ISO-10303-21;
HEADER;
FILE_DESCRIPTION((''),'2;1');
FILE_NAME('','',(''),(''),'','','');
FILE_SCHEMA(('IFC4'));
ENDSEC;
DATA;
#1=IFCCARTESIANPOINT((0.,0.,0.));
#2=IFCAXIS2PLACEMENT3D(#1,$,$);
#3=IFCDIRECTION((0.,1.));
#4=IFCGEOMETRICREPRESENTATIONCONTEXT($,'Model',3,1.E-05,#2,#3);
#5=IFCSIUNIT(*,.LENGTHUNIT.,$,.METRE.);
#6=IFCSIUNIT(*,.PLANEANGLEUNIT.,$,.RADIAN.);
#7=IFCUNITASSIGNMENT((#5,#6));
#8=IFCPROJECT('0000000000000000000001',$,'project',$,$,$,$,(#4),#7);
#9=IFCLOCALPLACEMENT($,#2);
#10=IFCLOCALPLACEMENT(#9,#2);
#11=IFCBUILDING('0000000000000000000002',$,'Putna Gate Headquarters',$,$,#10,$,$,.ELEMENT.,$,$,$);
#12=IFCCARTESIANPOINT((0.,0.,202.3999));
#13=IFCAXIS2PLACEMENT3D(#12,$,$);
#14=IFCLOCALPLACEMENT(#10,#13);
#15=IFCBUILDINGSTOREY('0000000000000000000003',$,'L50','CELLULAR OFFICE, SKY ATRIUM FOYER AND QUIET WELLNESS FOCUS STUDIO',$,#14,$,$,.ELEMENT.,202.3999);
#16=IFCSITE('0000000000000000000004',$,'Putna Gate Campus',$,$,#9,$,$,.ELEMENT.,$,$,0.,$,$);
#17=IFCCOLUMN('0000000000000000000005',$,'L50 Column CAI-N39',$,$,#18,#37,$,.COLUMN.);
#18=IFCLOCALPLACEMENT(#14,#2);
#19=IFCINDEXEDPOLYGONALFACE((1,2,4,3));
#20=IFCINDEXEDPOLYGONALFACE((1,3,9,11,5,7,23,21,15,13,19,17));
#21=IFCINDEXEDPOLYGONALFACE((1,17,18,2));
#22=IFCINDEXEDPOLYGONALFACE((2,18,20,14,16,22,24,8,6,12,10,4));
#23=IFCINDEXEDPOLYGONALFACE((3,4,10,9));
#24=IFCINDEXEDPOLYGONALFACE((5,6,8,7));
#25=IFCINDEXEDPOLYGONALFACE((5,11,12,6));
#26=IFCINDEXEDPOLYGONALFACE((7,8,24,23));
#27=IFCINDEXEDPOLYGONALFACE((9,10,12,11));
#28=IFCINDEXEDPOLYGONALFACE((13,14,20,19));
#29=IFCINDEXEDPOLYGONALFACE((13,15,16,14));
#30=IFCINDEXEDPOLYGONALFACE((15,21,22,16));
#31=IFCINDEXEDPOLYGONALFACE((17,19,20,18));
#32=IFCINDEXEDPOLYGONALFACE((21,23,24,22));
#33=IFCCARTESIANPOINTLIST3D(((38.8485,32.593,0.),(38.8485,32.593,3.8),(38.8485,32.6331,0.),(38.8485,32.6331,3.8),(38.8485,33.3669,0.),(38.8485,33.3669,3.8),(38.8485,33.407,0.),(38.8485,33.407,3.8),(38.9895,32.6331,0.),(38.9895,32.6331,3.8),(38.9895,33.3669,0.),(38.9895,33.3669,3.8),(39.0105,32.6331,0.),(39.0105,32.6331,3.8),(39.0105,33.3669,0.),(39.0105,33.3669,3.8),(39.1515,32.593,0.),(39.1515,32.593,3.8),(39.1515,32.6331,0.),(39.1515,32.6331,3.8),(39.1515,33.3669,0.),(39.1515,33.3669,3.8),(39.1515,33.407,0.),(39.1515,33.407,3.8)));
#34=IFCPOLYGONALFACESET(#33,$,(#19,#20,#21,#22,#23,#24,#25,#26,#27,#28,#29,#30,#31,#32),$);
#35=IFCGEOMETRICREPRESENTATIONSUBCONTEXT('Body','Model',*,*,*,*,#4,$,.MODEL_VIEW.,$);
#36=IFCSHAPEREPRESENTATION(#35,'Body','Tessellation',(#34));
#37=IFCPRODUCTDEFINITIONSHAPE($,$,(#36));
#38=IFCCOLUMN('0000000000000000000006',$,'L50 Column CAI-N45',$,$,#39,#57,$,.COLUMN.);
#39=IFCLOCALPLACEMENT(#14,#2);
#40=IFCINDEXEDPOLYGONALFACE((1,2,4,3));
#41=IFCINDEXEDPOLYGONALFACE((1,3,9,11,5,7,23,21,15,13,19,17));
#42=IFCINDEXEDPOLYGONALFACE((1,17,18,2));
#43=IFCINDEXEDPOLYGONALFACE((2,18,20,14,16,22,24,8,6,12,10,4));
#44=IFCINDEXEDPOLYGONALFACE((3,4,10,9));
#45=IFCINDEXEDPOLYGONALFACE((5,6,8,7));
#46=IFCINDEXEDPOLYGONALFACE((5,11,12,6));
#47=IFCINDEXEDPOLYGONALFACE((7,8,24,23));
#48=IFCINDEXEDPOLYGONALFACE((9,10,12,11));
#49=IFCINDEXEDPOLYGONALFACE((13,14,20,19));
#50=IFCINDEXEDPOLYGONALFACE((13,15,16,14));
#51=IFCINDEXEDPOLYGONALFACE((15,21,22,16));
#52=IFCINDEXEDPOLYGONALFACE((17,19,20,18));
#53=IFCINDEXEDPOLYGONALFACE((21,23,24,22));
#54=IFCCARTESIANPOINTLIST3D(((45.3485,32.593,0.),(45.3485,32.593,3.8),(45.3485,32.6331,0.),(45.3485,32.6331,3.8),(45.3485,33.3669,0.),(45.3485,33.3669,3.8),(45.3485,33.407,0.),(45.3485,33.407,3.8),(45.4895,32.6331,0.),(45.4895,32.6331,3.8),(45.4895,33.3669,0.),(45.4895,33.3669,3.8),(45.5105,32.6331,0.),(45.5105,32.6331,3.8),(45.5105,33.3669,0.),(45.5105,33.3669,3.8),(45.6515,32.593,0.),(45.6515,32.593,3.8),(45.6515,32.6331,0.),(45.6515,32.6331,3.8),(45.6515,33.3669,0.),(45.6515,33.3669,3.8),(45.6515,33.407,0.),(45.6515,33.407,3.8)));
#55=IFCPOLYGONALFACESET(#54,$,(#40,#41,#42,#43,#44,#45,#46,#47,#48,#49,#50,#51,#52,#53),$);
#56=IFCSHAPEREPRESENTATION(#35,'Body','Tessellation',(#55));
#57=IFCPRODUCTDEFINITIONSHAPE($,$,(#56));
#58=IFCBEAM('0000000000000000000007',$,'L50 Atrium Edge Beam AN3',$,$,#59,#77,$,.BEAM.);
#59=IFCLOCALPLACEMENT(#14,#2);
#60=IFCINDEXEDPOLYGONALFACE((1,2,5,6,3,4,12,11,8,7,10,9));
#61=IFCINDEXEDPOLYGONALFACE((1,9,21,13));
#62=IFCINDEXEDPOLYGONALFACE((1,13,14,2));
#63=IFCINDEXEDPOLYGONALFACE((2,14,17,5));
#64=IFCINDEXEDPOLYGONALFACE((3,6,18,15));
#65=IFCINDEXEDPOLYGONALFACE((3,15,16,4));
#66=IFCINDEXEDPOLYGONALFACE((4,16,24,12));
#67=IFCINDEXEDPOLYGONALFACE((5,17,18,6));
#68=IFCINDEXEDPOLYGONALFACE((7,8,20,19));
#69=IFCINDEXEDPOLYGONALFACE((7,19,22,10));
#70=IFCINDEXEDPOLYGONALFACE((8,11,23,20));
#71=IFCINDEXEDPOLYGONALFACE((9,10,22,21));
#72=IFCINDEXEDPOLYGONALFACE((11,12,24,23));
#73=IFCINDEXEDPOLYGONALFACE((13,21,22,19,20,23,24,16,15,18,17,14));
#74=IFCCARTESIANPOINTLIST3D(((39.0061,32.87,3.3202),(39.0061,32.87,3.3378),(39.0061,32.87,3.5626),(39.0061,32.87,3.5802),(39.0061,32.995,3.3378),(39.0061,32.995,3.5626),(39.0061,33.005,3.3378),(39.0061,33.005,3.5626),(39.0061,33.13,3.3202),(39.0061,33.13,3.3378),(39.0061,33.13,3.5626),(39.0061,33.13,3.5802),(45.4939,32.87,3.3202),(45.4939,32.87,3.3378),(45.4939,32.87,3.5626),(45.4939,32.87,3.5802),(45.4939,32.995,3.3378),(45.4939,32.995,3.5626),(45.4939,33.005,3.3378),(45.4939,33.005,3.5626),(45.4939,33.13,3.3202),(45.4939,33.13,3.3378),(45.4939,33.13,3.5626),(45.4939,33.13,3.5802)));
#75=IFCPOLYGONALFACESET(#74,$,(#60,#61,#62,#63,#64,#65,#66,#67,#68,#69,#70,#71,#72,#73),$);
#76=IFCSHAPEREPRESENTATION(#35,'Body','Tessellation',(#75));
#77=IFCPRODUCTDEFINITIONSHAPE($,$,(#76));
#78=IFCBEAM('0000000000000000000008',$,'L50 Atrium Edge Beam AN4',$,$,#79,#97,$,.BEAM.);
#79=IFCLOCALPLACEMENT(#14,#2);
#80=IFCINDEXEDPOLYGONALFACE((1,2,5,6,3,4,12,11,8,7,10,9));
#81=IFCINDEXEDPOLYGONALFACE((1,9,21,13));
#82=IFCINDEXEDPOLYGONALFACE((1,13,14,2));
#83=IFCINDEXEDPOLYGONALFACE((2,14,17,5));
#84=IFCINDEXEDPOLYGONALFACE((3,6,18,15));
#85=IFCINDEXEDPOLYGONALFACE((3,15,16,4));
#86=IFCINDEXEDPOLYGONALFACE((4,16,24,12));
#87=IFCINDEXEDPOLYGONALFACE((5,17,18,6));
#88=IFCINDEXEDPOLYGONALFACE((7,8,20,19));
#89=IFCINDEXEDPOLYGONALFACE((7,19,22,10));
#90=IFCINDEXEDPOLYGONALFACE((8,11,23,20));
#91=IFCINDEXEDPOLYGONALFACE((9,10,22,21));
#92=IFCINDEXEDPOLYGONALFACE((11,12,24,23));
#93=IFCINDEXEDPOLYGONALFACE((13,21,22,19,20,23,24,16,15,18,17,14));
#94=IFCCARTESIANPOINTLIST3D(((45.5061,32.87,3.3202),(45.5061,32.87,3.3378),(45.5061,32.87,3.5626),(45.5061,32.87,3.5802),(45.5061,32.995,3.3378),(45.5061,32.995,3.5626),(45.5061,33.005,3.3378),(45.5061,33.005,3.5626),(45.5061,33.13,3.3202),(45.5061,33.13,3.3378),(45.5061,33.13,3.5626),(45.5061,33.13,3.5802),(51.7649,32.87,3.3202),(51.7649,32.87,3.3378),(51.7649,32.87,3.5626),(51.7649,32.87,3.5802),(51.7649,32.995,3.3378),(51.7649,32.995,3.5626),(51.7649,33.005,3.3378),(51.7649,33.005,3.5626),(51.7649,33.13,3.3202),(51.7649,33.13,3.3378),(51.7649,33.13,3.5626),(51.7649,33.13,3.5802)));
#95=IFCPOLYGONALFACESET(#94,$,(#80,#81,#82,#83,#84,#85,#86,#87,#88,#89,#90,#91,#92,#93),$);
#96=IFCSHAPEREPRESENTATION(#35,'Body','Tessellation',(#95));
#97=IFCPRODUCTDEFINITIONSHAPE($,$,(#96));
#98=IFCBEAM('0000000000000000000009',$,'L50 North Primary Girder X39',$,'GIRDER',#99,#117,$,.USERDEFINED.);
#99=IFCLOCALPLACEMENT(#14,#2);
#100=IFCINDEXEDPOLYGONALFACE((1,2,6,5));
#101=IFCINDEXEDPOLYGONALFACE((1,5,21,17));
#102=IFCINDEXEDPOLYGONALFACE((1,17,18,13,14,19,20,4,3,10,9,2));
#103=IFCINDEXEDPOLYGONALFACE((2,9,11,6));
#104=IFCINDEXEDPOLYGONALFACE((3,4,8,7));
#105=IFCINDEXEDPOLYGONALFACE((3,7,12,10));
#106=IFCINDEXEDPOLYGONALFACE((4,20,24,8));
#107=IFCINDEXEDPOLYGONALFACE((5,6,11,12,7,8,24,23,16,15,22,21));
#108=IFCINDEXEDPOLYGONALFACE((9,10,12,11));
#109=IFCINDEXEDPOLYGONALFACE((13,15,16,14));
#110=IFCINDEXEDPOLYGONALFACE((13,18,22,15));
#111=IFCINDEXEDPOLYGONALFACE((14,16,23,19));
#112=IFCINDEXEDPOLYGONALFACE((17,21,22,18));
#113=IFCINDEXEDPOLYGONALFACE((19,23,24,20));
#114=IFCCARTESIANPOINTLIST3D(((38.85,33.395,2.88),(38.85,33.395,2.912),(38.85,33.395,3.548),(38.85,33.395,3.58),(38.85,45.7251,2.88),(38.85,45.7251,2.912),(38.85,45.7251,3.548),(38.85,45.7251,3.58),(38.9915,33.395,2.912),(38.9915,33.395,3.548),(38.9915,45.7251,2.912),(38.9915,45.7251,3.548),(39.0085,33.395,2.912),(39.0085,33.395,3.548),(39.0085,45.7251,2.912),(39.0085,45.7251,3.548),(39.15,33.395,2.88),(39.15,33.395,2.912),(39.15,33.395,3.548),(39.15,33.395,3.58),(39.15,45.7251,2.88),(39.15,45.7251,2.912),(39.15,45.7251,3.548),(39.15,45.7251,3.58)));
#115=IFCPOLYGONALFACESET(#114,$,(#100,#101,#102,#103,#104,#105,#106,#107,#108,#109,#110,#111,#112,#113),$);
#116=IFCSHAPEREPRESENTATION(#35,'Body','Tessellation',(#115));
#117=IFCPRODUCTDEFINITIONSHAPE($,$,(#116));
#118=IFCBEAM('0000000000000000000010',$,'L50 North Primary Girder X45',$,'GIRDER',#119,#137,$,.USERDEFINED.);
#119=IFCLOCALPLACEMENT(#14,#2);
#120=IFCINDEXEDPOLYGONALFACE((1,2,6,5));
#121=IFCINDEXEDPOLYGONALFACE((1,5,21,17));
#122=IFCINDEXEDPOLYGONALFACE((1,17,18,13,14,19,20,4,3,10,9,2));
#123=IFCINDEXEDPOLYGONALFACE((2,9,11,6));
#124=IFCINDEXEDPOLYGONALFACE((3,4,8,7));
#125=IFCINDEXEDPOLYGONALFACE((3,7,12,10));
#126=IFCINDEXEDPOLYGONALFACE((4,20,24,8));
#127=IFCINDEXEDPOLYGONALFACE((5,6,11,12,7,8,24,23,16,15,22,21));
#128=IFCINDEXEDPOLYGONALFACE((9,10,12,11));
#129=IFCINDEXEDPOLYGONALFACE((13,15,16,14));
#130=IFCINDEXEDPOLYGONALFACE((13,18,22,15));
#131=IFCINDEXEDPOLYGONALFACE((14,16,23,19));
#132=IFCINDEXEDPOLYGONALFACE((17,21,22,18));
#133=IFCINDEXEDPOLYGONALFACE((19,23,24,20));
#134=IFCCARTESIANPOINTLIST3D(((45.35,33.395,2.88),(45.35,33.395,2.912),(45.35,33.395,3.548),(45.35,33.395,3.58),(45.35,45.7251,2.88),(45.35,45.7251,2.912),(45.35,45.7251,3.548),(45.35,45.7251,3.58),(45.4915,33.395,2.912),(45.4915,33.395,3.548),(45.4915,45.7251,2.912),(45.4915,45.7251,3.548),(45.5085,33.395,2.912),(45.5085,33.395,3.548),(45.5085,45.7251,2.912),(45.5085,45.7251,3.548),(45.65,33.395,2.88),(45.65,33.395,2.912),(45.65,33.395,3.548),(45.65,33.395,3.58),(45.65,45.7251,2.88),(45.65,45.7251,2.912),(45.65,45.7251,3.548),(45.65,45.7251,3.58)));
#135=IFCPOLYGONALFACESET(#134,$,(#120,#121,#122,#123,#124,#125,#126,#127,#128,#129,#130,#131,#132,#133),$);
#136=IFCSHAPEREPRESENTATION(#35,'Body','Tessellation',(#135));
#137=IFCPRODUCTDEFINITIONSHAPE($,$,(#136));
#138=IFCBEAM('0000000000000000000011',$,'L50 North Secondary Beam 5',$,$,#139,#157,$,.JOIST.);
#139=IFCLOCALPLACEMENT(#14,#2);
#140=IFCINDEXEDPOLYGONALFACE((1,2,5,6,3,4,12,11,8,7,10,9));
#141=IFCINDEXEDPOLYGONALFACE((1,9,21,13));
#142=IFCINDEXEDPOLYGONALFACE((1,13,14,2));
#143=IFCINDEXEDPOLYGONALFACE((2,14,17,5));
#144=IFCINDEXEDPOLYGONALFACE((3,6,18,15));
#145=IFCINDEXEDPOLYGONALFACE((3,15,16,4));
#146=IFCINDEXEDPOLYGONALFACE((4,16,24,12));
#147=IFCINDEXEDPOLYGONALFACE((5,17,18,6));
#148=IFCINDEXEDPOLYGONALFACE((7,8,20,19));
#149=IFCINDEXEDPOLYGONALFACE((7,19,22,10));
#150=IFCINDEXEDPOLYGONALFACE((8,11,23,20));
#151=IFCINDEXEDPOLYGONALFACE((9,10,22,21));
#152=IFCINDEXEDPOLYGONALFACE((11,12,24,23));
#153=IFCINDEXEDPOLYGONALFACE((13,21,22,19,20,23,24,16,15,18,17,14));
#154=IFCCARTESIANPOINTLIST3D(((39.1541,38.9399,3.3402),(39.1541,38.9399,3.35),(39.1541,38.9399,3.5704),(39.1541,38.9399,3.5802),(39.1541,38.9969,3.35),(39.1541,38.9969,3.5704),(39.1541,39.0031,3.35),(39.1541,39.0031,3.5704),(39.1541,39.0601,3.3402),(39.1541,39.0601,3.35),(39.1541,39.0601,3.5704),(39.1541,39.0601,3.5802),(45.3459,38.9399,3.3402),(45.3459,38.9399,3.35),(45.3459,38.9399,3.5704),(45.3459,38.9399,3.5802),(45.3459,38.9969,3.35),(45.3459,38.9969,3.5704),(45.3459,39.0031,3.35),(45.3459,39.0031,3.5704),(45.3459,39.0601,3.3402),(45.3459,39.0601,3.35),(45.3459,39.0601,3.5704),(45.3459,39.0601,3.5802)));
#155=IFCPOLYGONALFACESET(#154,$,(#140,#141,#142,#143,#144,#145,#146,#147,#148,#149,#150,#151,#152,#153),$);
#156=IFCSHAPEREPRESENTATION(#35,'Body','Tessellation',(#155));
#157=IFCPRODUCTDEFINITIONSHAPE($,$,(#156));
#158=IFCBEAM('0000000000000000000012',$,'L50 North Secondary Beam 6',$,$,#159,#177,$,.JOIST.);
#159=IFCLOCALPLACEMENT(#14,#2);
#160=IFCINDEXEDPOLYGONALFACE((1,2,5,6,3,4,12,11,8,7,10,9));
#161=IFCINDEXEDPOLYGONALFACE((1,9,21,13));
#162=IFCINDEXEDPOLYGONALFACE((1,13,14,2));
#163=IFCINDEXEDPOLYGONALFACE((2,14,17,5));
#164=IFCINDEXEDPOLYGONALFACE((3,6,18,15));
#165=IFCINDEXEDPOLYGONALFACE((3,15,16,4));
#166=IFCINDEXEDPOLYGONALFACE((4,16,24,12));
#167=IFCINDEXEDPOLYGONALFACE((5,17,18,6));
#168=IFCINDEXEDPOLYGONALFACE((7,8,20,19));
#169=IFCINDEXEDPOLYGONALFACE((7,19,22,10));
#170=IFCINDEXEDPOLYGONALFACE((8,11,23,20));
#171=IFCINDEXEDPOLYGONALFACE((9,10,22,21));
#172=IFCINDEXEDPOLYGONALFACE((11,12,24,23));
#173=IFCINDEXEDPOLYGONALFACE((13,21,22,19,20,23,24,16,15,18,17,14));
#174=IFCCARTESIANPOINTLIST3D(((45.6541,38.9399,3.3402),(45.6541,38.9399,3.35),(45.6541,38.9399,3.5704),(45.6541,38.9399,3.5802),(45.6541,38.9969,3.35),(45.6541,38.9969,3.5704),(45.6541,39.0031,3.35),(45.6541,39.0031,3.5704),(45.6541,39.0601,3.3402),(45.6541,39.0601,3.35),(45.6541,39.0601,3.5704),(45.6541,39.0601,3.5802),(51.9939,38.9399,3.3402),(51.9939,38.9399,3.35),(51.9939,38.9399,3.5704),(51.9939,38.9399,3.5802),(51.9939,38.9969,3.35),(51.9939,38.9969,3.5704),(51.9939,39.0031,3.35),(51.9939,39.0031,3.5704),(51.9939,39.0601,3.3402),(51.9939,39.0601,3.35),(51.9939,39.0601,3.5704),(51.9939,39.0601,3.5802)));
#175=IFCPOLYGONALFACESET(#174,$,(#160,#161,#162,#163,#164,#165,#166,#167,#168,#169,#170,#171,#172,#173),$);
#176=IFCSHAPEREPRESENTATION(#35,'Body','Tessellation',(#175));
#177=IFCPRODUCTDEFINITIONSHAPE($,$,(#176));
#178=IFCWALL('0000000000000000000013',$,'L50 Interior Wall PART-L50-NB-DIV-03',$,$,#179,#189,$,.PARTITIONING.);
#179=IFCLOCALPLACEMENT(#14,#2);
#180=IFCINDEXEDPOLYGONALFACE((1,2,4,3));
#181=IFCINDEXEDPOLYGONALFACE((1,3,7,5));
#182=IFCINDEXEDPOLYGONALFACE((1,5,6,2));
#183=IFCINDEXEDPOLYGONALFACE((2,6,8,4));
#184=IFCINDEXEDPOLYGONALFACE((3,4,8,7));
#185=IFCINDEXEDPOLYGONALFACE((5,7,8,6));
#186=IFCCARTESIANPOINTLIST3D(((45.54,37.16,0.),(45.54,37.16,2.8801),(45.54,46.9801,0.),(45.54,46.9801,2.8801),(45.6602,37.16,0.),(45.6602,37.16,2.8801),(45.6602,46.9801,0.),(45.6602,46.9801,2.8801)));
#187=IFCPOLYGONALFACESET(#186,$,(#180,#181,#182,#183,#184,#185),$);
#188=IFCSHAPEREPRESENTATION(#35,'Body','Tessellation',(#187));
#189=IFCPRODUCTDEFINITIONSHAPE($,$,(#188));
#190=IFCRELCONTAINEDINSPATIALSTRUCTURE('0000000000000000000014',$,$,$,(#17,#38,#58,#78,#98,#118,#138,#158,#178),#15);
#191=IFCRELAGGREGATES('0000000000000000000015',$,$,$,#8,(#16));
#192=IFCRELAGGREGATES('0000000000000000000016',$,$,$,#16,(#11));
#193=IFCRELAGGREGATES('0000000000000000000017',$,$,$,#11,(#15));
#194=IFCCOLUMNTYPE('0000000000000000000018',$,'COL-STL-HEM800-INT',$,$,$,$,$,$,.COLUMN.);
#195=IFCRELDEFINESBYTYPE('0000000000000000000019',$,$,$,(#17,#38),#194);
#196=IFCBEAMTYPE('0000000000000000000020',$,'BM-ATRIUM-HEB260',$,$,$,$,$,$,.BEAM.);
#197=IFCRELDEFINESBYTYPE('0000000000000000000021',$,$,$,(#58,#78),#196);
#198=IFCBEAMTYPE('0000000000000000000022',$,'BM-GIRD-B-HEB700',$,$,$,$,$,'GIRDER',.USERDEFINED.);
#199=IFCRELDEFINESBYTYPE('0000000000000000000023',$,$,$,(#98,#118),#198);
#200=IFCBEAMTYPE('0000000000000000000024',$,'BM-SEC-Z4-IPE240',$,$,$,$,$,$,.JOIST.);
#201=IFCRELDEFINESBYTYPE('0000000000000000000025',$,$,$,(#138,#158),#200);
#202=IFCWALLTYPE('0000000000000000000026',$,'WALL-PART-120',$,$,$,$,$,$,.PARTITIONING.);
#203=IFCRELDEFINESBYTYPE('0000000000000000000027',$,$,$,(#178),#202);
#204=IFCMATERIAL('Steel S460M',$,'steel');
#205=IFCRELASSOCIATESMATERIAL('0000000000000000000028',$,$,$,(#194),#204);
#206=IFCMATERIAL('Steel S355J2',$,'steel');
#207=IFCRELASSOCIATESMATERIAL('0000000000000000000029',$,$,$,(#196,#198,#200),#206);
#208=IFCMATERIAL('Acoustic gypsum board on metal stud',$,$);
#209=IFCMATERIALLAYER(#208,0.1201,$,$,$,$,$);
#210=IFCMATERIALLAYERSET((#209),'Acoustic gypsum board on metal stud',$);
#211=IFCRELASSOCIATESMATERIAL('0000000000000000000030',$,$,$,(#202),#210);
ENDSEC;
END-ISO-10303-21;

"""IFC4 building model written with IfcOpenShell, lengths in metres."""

from ifc_helpers import new_model, si_unit, direction, frame, frame_2d, origin, origin_2d, place, context, subcontext, project, spatial, rectangle, i_section, extrude, material, layer, layer_set, material_profile, profile_set, type_object, element, save


model = new_model("IFC4")

# Units and contexts
model_context = context("Model", 3, precision=1e-05, world=origin(), true_north=direction((0.0, 1.0)))
body_context = subcontext(model_context, "Body", "Model", "MODEL_VIEW")
ifc_project = project(units=[si_unit("LENGTHUNIT", "METRE"), si_unit("PLANEANGLEUNIT", "RADIAN")], contexts=[model_context])

# Site, building, storey
site_placement = place(None, origin())
site = spatial("IfcSite", under=ifc_project, at=site_placement, Name="Putna Gate Campus", CompositionType="ELEMENT", RefElevation=0.0)
building_placement = place(site_placement, origin())
building = spatial("IfcBuilding", under=site, at=building_placement, Name="Putna Gate Headquarters", CompositionType="ELEMENT")
storey_placement = place(building_placement, frame((0.0, 0.0, 202.3999)))
storey = spatial("IfcBuildingStorey", under=building, at=storey_placement, Name="L50", Description="CELLULAR OFFICE, SKY ATRIUM FOYER AND QUIET WELLNESS FOCUS STUDIO", CompositionType="ELEMENT", Elevation=202.3999)

# Columns
ifc_material_1 = material(Name="Steel S460M", Category="steel")
ifc_material_profile_1 = material_profile(ifc_material_1, i_section(OverallWidth=0.303, OverallDepth=0.814, WebThickness=0.021, FlangeThickness=0.04, at=origin_2d()), Name="Steel S460M")
ifc_profile_set_1 = profile_set([ifc_material_profile_1], Name="Steel S460M")
column_type = type_object("IfcColumnType", Name="COL-STL-HEM800-INT", PredefinedType="COLUMN", material=ifc_profile_set_1)
for number, where, z_axis, x_axis, name in (
    (1, (39.0, 33.0, 0.0), (0.0, 0.0, 1.0), (1.0, 0.0, 0.0), "L50 Column CAI-N39"),
    (2, (45.5, 33.0, 0.0), (0.0, 0.0, 1.0), (1.0, 0.0, 0.0), "L50 Column CAI-N45"),
):
    element("IfcColumn", number, at=place(storey_placement, frame(where, z_axis=z_axis, x_axis=x_axis)), inside=storey, type_object=column_type, Name=name, PredefinedType="COLUMN", context=body_context, shape_type="SweptSolid", body=[
        extrude(i_section(OverallWidth=0.303, OverallDepth=0.814, WebThickness=0.021, FlangeThickness=0.04, at=origin_2d()), origin(), (0.0, 0.0, 1.0), 3.8),
    ])

# Beams
ifc_material_2 = material(Name="Steel S355J2", Category="steel")
ifc_material_profile_2 = material_profile(ifc_material_2, i_section(OverallWidth=0.26, OverallDepth=0.26, WebThickness=0.01, FlangeThickness=0.0176, at=origin_2d()), Name="Steel S355J2")
ifc_profile_set_2 = profile_set([ifc_material_profile_2], Name="Steel S355J2")
beam_type_1 = type_object("IfcBeamType", Name="BM-ATRIUM-HEB260", PredefinedType="BEAM", material=ifc_profile_set_2)
beam_1_placement = place(storey_placement, frame((39.0061, 33.0, 3.4502), z_axis=(1.0, 0.0, 0.0), x_axis=(0.0, 1.0, 0.0)))
element("IfcBeam", 3, at=beam_1_placement, inside=storey, type_object=beam_type_1, Name="L50 Atrium Edge Beam AN3", PredefinedType="BEAM", context=body_context, shape_type="SweptSolid", body=[
    extrude(i_section(OverallWidth=0.26, OverallDepth=0.26, WebThickness=0.01, FlangeThickness=0.0176, at=origin_2d()), origin(), (0.0, 0.0, 1.0), 6.4878),
])
beam_2_placement = place(storey_placement, frame((45.5061, 33.0, 3.4502), z_axis=(1.0, 0.0, 0.0), x_axis=(0.0, 1.0, 0.0)))
element("IfcBeam", 4, at=beam_2_placement, inside=storey, type_object=beam_type_1, Name="L50 Atrium Edge Beam AN4", PredefinedType="BEAM", context=body_context, shape_type="SweptSolid", body=[
    extrude(i_section(OverallWidth=0.26, OverallDepth=0.26, WebThickness=0.01, FlangeThickness=0.0176, at=origin_2d()), origin(), (0.0, 0.0, 1.0), 6.2588),
])
ifc_material_profile_3 = material_profile(ifc_material_2, i_section(OverallWidth=0.3, OverallDepth=0.7, WebThickness=0.0171, FlangeThickness=0.032, at=origin_2d()), Name="Steel S355J2")
ifc_profile_set_3 = profile_set([ifc_material_profile_3], Name="Steel S355J2")
beam_type_2 = type_object("IfcBeamType", Name="BM-GIRD-B-HEB700", ElementType="GIRDER", PredefinedType="USERDEFINED", material=ifc_profile_set_3)
for number, where, z_axis, x_axis, name in (
    (5, (39.0, 33.395, 3.23), (0.0, 1.0, 0.0), (-1.0, 0.0, 0.0), "L50 North Primary Girder X39"),
    (6, (45.5, 33.395, 3.23), (0.0, 1.0, 0.0), (-1.0, 0.0, 0.0), "L50 North Primary Girder X45"),
):
    element("IfcBeam", number, at=place(storey_placement, frame(where, z_axis=z_axis, x_axis=x_axis)), inside=storey, type_object=beam_type_2, Name=name, ObjectType="GIRDER", PredefinedType="USERDEFINED", context=body_context, shape_type="SweptSolid", body=[
        extrude(i_section(OverallWidth=0.3, OverallDepth=0.7, WebThickness=0.0171, FlangeThickness=0.032, at=origin_2d()), origin(), (0.0, 0.0, 1.0), 12.3301),
    ])
ifc_material_profile_4 = material_profile(ifc_material_2, i_section(OverallWidth=0.1201, OverallDepth=0.24, WebThickness=0.0061, FlangeThickness=0.0098, at=origin_2d()), Name="Steel S355J2")
ifc_profile_set_4 = profile_set([ifc_material_profile_4], Name="Steel S355J2")
beam_type_3 = type_object("IfcBeamType", Name="BM-SEC-Z4-IPE240", PredefinedType="JOIST", material=ifc_profile_set_4)
beam_3_placement = place(storey_placement, frame((39.1541, 39.0, 3.4602), z_axis=(1.0, 0.0, 0.0), x_axis=(0.0, 1.0, 0.0)))
element("IfcBeam", 7, at=beam_3_placement, inside=storey, type_object=beam_type_3, Name="L50 North Secondary Beam 5", PredefinedType="JOIST", context=body_context, shape_type="SweptSolid", body=[
    extrude(i_section(OverallWidth=0.1201, OverallDepth=0.24, WebThickness=0.0061, FlangeThickness=0.0098, at=origin_2d()), origin(), (0.0, 0.0, 1.0), 6.1919),
])
beam_4_placement = place(storey_placement, frame((45.6541, 39.0, 3.4602), z_axis=(1.0, 0.0, 0.0), x_axis=(0.0, 1.0, 0.0)))
element("IfcBeam", 8, at=beam_4_placement, inside=storey, type_object=beam_type_3, Name="L50 North Secondary Beam 6", PredefinedType="JOIST", context=body_context, shape_type="SweptSolid", body=[
    extrude(i_section(OverallWidth=0.1201, OverallDepth=0.24, WebThickness=0.0061, FlangeThickness=0.0098, at=origin_2d()), origin(), (0.0, 0.0, 1.0), 6.3398),
])

# Wall
ifc_material_3 = material(Name="Acoustic gypsum board on metal stud")
ifc_layer_1 = layer(ifc_material_3, 0.1201)
ifc_layer_set_1 = layer_set([ifc_layer_1], Name="Acoustic gypsum board on metal stud")
wall_type_1 = type_object("IfcWallType", Name="WALL-PART-120", PredefinedType="PARTITIONING", material=ifc_layer_set_1)
wall_1_placement = place(storey_placement, frame((45.6001, 37.1599, 0.0), z_axis=(0.0, 0.0, 1.0), x_axis=(0.0, 1.0, 0.0)))
element("IfcWall", 9, at=wall_1_placement, inside=storey, type_object=wall_type_1, Name="L50 Interior Wall PART-L50-NB-DIV-03", PredefinedType="PARTITIONING", context=body_context, shape_type="SweptSolid", body=[
    extrude(rectangle(XDim=9.8201, YDim=0.1201, at=frame_2d((4.9102, 0.0))), origin(), (0.0, 0.0, 1.0), 2.8801),
])

save(model, "model.ifc")
